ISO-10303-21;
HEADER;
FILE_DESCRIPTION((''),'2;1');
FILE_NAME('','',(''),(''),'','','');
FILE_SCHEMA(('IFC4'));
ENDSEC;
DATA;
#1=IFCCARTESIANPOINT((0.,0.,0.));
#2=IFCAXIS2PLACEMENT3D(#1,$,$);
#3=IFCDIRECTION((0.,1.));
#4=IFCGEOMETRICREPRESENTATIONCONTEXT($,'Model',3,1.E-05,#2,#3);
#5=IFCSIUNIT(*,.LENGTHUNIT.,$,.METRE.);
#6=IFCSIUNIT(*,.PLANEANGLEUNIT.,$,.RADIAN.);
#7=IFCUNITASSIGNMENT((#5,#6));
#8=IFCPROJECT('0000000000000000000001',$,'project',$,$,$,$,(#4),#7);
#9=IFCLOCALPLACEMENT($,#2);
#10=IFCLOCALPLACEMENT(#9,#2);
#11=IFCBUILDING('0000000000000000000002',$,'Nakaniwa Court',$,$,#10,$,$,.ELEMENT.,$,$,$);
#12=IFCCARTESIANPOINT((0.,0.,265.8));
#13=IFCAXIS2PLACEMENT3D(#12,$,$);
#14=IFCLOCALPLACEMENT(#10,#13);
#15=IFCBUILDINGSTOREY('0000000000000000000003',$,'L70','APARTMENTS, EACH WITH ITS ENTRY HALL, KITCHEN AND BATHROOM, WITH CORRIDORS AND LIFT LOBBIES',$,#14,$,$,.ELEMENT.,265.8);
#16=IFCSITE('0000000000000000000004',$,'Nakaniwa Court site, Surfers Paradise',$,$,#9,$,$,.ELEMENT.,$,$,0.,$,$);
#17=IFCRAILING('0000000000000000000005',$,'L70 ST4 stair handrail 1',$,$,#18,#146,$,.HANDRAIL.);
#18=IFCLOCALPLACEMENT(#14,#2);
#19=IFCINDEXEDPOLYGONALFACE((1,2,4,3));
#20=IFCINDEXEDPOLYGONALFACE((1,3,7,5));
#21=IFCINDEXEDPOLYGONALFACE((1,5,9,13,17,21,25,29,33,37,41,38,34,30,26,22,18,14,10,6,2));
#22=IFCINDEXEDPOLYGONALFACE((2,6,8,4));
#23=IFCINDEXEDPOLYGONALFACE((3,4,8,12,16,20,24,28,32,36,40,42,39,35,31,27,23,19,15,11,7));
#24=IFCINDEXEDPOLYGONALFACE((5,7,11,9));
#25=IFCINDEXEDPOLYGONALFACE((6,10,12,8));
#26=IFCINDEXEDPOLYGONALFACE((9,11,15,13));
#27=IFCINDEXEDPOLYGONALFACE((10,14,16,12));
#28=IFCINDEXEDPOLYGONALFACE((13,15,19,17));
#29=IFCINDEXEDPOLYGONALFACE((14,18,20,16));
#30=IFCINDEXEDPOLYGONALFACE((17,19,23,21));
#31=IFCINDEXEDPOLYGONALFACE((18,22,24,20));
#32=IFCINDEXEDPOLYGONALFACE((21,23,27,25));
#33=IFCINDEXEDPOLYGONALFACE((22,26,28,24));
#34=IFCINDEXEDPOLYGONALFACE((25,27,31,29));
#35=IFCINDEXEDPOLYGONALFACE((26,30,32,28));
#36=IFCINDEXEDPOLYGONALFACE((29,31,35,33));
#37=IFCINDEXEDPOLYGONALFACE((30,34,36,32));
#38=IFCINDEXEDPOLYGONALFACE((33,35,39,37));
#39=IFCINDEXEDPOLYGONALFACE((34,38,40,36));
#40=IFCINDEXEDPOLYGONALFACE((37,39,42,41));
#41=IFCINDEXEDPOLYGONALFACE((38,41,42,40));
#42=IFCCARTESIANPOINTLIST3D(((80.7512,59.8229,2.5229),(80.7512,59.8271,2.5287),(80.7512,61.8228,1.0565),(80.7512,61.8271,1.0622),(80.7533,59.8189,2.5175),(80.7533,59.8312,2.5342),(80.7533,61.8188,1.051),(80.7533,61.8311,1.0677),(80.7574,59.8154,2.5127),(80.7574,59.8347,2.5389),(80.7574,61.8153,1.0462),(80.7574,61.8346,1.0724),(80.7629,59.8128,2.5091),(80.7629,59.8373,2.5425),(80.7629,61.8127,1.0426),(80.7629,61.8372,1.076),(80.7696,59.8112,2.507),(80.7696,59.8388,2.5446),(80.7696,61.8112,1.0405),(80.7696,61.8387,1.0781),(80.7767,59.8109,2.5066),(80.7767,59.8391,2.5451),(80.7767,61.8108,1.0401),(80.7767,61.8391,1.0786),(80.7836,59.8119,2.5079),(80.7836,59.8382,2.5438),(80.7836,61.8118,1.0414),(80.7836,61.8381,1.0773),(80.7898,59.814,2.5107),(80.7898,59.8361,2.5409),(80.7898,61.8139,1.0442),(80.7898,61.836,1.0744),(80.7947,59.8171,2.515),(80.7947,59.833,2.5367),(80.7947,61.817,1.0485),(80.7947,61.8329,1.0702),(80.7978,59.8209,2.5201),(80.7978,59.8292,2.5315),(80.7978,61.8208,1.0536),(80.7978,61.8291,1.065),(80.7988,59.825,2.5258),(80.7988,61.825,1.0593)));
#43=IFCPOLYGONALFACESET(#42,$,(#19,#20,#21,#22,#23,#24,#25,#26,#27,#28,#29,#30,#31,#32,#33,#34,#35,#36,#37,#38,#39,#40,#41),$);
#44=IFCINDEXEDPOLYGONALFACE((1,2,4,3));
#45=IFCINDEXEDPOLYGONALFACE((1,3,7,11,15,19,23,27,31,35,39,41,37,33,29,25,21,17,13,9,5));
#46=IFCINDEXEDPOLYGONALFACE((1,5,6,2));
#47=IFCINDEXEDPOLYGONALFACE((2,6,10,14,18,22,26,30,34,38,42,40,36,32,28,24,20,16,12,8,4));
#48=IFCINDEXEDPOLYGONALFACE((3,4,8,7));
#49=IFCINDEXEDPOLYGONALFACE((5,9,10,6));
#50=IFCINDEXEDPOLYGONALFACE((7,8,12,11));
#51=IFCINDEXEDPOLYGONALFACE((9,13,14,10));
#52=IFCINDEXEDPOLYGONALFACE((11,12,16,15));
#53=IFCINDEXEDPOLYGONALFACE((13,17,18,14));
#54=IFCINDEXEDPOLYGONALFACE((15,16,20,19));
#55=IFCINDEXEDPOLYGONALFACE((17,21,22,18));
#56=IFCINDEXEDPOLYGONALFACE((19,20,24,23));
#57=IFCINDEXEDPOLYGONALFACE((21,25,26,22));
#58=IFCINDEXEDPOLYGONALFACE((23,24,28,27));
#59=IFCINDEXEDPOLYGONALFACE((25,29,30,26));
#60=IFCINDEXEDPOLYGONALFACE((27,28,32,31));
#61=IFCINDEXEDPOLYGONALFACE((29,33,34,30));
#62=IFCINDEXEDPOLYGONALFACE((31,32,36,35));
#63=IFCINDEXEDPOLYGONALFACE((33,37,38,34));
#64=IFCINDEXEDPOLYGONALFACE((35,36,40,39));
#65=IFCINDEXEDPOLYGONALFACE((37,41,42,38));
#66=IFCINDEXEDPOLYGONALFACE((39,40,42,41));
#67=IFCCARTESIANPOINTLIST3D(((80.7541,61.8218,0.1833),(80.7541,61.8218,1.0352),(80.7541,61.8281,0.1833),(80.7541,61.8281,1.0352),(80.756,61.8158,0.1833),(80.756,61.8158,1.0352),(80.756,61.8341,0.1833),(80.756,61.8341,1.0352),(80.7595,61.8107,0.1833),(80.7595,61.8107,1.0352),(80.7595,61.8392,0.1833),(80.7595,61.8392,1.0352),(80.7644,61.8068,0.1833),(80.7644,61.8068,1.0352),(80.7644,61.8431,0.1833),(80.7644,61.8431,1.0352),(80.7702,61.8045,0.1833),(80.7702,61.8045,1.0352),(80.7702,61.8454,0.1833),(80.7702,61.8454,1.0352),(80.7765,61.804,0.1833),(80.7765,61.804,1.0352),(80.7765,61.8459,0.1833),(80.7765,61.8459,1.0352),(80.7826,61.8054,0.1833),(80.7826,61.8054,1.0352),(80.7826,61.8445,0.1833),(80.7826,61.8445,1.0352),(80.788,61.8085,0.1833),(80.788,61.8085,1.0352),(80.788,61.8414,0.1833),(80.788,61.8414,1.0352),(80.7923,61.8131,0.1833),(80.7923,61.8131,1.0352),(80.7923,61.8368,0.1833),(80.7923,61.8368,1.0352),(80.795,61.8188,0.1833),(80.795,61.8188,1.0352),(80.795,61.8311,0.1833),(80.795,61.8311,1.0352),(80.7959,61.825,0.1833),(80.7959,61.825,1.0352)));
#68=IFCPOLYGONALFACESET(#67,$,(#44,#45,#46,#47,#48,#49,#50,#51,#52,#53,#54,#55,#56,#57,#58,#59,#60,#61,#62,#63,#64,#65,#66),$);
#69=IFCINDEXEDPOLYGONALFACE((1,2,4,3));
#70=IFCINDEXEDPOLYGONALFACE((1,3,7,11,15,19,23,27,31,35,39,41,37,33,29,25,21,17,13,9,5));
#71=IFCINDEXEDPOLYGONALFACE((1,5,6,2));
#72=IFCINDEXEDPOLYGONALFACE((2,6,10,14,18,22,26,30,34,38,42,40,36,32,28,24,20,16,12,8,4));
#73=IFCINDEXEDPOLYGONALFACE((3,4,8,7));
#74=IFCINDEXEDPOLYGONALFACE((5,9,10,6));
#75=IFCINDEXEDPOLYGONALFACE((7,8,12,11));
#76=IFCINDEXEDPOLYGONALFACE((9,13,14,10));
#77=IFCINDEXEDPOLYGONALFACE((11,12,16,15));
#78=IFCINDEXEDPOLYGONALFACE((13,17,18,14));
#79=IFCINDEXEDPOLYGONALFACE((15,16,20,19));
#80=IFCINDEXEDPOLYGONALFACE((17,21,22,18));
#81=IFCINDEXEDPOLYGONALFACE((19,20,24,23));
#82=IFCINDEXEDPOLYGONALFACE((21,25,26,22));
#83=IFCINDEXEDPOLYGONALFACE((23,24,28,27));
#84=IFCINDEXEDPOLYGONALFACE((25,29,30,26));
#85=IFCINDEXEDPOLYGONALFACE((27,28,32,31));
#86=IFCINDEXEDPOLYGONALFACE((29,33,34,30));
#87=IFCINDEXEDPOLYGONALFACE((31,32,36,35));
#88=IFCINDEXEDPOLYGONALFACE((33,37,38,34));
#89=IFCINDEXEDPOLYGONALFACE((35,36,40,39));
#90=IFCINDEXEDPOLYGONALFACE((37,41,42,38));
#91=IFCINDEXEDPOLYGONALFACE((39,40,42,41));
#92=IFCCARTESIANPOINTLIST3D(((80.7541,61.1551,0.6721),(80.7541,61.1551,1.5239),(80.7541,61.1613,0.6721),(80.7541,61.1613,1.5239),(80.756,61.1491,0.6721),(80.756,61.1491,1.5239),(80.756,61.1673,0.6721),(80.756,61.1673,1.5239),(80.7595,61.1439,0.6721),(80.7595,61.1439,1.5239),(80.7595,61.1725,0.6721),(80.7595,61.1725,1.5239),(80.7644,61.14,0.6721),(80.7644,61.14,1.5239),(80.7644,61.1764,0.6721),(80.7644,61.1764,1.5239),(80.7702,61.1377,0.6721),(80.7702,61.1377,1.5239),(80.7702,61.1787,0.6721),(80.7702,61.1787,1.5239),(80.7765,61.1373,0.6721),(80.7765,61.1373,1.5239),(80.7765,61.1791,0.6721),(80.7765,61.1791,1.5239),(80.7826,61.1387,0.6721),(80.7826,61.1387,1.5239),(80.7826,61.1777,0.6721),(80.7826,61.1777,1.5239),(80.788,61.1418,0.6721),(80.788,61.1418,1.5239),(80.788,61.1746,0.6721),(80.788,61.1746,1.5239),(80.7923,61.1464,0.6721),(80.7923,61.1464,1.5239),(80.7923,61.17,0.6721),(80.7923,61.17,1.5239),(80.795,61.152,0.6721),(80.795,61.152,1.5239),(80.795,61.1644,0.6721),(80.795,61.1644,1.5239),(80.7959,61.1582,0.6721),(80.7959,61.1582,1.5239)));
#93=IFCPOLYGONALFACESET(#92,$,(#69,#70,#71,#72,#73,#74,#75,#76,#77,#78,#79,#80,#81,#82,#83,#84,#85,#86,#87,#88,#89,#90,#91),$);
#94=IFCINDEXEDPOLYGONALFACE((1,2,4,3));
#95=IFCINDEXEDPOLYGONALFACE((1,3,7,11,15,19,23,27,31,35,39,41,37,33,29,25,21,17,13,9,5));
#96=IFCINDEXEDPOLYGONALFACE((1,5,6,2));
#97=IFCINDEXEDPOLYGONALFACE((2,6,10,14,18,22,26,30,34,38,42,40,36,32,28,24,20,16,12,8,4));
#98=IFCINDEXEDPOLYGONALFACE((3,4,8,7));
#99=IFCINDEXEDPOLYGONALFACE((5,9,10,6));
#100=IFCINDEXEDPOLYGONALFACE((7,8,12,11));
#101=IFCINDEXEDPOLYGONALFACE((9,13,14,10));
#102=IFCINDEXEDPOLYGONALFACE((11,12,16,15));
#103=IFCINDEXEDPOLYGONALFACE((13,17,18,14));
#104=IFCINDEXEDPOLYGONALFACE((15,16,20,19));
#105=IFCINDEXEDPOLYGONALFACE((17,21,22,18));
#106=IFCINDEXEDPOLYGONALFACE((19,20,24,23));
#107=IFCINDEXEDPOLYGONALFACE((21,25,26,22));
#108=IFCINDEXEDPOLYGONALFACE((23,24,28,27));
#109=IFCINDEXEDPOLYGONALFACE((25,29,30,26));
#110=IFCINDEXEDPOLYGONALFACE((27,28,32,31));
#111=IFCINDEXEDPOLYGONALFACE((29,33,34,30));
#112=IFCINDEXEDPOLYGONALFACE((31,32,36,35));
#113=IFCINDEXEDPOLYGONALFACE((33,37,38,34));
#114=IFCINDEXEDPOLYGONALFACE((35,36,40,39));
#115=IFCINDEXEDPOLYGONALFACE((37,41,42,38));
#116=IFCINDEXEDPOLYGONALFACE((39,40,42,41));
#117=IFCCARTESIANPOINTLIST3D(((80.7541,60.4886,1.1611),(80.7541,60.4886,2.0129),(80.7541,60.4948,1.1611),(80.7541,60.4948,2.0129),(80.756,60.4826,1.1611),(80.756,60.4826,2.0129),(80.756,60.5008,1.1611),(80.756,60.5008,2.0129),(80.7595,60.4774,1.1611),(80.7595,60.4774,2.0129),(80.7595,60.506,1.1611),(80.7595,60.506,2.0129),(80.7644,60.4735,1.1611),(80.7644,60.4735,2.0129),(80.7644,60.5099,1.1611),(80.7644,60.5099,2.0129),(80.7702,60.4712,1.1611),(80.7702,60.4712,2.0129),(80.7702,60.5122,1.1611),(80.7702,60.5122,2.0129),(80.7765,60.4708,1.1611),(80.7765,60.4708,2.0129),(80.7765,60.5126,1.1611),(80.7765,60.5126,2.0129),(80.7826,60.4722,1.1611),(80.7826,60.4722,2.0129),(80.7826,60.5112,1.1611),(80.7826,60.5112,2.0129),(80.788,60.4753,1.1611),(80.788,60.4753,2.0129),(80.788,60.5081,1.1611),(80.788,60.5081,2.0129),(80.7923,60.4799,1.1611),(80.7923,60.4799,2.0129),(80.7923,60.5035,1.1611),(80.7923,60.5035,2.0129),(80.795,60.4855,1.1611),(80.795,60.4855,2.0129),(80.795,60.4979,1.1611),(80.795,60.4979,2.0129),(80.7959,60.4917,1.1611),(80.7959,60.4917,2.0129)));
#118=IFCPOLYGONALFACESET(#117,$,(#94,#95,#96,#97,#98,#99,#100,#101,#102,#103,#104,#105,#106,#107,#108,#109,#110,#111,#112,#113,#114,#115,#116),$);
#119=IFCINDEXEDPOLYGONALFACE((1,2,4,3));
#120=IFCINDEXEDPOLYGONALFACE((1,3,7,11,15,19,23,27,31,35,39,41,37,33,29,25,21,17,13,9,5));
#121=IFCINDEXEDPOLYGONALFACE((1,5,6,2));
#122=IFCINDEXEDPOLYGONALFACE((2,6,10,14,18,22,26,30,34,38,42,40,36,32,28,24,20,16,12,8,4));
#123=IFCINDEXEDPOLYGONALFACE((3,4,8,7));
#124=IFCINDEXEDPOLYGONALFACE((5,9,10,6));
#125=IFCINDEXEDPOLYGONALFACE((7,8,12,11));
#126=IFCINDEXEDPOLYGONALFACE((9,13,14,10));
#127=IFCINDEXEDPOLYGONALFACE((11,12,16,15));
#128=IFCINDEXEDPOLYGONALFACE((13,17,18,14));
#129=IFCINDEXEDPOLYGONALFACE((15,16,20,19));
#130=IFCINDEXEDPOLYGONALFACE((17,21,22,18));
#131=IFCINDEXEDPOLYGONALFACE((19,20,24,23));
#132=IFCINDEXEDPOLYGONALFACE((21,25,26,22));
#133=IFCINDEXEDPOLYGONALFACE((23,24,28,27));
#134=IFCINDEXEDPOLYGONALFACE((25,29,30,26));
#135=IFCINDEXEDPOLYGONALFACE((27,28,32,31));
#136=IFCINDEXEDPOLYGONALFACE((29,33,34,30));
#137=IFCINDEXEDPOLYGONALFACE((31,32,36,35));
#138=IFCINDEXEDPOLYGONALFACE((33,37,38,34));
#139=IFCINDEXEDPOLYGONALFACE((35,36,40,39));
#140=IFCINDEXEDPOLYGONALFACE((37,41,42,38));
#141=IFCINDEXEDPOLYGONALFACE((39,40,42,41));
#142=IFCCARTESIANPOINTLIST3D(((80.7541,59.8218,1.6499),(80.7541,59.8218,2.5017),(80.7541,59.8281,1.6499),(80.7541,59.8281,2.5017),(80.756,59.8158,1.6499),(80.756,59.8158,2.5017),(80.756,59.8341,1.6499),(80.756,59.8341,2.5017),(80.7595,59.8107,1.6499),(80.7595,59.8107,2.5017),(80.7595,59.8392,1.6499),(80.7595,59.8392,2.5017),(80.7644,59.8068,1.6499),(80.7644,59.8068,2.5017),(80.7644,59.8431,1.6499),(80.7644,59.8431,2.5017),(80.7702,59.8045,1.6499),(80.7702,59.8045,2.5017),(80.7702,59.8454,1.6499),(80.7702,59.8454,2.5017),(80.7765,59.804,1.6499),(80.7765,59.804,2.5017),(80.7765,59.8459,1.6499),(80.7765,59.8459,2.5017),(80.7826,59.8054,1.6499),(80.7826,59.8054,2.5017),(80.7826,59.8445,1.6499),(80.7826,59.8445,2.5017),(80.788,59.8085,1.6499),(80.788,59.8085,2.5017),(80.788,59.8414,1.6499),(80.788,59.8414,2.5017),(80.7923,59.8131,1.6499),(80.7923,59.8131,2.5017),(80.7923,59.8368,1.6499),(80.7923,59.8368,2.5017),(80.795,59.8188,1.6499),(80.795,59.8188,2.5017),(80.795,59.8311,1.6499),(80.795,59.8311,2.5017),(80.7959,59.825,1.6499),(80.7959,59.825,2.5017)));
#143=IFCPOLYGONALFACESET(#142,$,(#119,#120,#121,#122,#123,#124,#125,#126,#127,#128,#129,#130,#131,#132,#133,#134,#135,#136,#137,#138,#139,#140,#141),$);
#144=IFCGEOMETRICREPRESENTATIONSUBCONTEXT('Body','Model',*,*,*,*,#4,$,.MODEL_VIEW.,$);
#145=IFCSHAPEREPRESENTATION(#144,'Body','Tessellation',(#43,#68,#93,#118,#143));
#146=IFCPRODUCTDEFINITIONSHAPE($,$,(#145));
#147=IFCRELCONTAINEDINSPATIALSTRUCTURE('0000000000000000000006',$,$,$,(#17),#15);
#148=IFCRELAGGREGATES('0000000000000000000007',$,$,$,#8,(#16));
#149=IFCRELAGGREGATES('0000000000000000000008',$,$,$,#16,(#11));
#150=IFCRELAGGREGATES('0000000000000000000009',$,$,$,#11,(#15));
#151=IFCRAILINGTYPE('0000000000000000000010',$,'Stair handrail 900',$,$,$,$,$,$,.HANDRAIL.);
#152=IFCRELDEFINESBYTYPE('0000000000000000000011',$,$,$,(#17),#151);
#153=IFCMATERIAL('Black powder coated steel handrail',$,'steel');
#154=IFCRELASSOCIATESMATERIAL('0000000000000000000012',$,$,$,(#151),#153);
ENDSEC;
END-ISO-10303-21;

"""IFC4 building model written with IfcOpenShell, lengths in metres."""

from ifc_helpers import new_model, si_unit, direction, frame, origin, origin_2d, place, context, subcontext, project, spatial, circle, extrude, material, type_object, element, save


model = new_model("IFC4")

# Units and contexts
model_context = context("Model", 3, precision=1e-05, world=origin(), true_north=direction((0.0, 1.0)))
body_context = subcontext(model_context, "Body", "Model", "MODEL_VIEW")
ifc_project = project(units=[si_unit("LENGTHUNIT", "METRE"), si_unit("PLANEANGLEUNIT", "RADIAN")], contexts=[model_context])

# Site, building, storey
site_placement = place(None, origin())
site = spatial("IfcSite", under=ifc_project, at=site_placement, Name="Nakaniwa Court site, Surfers Paradise", CompositionType="ELEMENT", RefElevation=0.0)
building_placement = place(site_placement, origin())
building = spatial("IfcBuilding", under=site, at=building_placement, Name="Nakaniwa Court", CompositionType="ELEMENT")
storey_placement = place(building_placement, frame((0.0, 0.0, 265.8)))
storey = spatial("IfcBuildingStorey", under=building, at=storey_placement, Name="L70", Description="APARTMENTS, EACH WITH ITS ENTRY HALL, KITCHEN AND BATHROOM, WITH CORRIDORS AND LIFT LOBBIES", CompositionType="ELEMENT", Elevation=265.8)

# Railing
ifc_material_1 = material(Name="Black powder coated steel handrail", Category="steel")
railing_type_1 = type_object("IfcRailingType", Name="Stair handrail 900", PredefinedType="HANDRAIL", material=ifc_material_1)
railing_1_placement = place(storey_placement, frame((80.7749, 61.825, 0.1833)))
element("IfcRailing", 1, at=railing_1_placement, inside=storey, type_object=railing_type_1, Name="L70 ST4 stair handrail 1", PredefinedType="HANDRAIL", context=body_context, shape_type="SweptSolid", body=[
    extrude(circle(Radius=0.0239, at=origin_2d()), frame((0.0, 0.0, 0.876), z_axis=(0.0, -0.806427, 0.591334), x_axis=(1.0, 0.0, 0.0)), (0.0, 0.0, 1.0), 2.48),
    extrude(circle(Radius=0.021, at=origin_2d()), origin(), (0.0, 0.0, 1.0), 0.8518),
    extrude(circle(Radius=0.021, at=origin_2d()), frame((0.0, -0.6667, 0.4888)), (0.0, 0.0, 1.0), 0.8518),
    extrude(circle(Radius=0.021, at=origin_2d()), frame((0.0, -1.3333, 0.9778)), (0.0, 0.0, 1.0), 0.8518),
    extrude(circle(Radius=0.021, at=origin_2d()), frame((0.0, -2.0, 1.4666)), (0.0, 0.0, 1.0), 0.8518),
])

save(model, "model.ifc")
